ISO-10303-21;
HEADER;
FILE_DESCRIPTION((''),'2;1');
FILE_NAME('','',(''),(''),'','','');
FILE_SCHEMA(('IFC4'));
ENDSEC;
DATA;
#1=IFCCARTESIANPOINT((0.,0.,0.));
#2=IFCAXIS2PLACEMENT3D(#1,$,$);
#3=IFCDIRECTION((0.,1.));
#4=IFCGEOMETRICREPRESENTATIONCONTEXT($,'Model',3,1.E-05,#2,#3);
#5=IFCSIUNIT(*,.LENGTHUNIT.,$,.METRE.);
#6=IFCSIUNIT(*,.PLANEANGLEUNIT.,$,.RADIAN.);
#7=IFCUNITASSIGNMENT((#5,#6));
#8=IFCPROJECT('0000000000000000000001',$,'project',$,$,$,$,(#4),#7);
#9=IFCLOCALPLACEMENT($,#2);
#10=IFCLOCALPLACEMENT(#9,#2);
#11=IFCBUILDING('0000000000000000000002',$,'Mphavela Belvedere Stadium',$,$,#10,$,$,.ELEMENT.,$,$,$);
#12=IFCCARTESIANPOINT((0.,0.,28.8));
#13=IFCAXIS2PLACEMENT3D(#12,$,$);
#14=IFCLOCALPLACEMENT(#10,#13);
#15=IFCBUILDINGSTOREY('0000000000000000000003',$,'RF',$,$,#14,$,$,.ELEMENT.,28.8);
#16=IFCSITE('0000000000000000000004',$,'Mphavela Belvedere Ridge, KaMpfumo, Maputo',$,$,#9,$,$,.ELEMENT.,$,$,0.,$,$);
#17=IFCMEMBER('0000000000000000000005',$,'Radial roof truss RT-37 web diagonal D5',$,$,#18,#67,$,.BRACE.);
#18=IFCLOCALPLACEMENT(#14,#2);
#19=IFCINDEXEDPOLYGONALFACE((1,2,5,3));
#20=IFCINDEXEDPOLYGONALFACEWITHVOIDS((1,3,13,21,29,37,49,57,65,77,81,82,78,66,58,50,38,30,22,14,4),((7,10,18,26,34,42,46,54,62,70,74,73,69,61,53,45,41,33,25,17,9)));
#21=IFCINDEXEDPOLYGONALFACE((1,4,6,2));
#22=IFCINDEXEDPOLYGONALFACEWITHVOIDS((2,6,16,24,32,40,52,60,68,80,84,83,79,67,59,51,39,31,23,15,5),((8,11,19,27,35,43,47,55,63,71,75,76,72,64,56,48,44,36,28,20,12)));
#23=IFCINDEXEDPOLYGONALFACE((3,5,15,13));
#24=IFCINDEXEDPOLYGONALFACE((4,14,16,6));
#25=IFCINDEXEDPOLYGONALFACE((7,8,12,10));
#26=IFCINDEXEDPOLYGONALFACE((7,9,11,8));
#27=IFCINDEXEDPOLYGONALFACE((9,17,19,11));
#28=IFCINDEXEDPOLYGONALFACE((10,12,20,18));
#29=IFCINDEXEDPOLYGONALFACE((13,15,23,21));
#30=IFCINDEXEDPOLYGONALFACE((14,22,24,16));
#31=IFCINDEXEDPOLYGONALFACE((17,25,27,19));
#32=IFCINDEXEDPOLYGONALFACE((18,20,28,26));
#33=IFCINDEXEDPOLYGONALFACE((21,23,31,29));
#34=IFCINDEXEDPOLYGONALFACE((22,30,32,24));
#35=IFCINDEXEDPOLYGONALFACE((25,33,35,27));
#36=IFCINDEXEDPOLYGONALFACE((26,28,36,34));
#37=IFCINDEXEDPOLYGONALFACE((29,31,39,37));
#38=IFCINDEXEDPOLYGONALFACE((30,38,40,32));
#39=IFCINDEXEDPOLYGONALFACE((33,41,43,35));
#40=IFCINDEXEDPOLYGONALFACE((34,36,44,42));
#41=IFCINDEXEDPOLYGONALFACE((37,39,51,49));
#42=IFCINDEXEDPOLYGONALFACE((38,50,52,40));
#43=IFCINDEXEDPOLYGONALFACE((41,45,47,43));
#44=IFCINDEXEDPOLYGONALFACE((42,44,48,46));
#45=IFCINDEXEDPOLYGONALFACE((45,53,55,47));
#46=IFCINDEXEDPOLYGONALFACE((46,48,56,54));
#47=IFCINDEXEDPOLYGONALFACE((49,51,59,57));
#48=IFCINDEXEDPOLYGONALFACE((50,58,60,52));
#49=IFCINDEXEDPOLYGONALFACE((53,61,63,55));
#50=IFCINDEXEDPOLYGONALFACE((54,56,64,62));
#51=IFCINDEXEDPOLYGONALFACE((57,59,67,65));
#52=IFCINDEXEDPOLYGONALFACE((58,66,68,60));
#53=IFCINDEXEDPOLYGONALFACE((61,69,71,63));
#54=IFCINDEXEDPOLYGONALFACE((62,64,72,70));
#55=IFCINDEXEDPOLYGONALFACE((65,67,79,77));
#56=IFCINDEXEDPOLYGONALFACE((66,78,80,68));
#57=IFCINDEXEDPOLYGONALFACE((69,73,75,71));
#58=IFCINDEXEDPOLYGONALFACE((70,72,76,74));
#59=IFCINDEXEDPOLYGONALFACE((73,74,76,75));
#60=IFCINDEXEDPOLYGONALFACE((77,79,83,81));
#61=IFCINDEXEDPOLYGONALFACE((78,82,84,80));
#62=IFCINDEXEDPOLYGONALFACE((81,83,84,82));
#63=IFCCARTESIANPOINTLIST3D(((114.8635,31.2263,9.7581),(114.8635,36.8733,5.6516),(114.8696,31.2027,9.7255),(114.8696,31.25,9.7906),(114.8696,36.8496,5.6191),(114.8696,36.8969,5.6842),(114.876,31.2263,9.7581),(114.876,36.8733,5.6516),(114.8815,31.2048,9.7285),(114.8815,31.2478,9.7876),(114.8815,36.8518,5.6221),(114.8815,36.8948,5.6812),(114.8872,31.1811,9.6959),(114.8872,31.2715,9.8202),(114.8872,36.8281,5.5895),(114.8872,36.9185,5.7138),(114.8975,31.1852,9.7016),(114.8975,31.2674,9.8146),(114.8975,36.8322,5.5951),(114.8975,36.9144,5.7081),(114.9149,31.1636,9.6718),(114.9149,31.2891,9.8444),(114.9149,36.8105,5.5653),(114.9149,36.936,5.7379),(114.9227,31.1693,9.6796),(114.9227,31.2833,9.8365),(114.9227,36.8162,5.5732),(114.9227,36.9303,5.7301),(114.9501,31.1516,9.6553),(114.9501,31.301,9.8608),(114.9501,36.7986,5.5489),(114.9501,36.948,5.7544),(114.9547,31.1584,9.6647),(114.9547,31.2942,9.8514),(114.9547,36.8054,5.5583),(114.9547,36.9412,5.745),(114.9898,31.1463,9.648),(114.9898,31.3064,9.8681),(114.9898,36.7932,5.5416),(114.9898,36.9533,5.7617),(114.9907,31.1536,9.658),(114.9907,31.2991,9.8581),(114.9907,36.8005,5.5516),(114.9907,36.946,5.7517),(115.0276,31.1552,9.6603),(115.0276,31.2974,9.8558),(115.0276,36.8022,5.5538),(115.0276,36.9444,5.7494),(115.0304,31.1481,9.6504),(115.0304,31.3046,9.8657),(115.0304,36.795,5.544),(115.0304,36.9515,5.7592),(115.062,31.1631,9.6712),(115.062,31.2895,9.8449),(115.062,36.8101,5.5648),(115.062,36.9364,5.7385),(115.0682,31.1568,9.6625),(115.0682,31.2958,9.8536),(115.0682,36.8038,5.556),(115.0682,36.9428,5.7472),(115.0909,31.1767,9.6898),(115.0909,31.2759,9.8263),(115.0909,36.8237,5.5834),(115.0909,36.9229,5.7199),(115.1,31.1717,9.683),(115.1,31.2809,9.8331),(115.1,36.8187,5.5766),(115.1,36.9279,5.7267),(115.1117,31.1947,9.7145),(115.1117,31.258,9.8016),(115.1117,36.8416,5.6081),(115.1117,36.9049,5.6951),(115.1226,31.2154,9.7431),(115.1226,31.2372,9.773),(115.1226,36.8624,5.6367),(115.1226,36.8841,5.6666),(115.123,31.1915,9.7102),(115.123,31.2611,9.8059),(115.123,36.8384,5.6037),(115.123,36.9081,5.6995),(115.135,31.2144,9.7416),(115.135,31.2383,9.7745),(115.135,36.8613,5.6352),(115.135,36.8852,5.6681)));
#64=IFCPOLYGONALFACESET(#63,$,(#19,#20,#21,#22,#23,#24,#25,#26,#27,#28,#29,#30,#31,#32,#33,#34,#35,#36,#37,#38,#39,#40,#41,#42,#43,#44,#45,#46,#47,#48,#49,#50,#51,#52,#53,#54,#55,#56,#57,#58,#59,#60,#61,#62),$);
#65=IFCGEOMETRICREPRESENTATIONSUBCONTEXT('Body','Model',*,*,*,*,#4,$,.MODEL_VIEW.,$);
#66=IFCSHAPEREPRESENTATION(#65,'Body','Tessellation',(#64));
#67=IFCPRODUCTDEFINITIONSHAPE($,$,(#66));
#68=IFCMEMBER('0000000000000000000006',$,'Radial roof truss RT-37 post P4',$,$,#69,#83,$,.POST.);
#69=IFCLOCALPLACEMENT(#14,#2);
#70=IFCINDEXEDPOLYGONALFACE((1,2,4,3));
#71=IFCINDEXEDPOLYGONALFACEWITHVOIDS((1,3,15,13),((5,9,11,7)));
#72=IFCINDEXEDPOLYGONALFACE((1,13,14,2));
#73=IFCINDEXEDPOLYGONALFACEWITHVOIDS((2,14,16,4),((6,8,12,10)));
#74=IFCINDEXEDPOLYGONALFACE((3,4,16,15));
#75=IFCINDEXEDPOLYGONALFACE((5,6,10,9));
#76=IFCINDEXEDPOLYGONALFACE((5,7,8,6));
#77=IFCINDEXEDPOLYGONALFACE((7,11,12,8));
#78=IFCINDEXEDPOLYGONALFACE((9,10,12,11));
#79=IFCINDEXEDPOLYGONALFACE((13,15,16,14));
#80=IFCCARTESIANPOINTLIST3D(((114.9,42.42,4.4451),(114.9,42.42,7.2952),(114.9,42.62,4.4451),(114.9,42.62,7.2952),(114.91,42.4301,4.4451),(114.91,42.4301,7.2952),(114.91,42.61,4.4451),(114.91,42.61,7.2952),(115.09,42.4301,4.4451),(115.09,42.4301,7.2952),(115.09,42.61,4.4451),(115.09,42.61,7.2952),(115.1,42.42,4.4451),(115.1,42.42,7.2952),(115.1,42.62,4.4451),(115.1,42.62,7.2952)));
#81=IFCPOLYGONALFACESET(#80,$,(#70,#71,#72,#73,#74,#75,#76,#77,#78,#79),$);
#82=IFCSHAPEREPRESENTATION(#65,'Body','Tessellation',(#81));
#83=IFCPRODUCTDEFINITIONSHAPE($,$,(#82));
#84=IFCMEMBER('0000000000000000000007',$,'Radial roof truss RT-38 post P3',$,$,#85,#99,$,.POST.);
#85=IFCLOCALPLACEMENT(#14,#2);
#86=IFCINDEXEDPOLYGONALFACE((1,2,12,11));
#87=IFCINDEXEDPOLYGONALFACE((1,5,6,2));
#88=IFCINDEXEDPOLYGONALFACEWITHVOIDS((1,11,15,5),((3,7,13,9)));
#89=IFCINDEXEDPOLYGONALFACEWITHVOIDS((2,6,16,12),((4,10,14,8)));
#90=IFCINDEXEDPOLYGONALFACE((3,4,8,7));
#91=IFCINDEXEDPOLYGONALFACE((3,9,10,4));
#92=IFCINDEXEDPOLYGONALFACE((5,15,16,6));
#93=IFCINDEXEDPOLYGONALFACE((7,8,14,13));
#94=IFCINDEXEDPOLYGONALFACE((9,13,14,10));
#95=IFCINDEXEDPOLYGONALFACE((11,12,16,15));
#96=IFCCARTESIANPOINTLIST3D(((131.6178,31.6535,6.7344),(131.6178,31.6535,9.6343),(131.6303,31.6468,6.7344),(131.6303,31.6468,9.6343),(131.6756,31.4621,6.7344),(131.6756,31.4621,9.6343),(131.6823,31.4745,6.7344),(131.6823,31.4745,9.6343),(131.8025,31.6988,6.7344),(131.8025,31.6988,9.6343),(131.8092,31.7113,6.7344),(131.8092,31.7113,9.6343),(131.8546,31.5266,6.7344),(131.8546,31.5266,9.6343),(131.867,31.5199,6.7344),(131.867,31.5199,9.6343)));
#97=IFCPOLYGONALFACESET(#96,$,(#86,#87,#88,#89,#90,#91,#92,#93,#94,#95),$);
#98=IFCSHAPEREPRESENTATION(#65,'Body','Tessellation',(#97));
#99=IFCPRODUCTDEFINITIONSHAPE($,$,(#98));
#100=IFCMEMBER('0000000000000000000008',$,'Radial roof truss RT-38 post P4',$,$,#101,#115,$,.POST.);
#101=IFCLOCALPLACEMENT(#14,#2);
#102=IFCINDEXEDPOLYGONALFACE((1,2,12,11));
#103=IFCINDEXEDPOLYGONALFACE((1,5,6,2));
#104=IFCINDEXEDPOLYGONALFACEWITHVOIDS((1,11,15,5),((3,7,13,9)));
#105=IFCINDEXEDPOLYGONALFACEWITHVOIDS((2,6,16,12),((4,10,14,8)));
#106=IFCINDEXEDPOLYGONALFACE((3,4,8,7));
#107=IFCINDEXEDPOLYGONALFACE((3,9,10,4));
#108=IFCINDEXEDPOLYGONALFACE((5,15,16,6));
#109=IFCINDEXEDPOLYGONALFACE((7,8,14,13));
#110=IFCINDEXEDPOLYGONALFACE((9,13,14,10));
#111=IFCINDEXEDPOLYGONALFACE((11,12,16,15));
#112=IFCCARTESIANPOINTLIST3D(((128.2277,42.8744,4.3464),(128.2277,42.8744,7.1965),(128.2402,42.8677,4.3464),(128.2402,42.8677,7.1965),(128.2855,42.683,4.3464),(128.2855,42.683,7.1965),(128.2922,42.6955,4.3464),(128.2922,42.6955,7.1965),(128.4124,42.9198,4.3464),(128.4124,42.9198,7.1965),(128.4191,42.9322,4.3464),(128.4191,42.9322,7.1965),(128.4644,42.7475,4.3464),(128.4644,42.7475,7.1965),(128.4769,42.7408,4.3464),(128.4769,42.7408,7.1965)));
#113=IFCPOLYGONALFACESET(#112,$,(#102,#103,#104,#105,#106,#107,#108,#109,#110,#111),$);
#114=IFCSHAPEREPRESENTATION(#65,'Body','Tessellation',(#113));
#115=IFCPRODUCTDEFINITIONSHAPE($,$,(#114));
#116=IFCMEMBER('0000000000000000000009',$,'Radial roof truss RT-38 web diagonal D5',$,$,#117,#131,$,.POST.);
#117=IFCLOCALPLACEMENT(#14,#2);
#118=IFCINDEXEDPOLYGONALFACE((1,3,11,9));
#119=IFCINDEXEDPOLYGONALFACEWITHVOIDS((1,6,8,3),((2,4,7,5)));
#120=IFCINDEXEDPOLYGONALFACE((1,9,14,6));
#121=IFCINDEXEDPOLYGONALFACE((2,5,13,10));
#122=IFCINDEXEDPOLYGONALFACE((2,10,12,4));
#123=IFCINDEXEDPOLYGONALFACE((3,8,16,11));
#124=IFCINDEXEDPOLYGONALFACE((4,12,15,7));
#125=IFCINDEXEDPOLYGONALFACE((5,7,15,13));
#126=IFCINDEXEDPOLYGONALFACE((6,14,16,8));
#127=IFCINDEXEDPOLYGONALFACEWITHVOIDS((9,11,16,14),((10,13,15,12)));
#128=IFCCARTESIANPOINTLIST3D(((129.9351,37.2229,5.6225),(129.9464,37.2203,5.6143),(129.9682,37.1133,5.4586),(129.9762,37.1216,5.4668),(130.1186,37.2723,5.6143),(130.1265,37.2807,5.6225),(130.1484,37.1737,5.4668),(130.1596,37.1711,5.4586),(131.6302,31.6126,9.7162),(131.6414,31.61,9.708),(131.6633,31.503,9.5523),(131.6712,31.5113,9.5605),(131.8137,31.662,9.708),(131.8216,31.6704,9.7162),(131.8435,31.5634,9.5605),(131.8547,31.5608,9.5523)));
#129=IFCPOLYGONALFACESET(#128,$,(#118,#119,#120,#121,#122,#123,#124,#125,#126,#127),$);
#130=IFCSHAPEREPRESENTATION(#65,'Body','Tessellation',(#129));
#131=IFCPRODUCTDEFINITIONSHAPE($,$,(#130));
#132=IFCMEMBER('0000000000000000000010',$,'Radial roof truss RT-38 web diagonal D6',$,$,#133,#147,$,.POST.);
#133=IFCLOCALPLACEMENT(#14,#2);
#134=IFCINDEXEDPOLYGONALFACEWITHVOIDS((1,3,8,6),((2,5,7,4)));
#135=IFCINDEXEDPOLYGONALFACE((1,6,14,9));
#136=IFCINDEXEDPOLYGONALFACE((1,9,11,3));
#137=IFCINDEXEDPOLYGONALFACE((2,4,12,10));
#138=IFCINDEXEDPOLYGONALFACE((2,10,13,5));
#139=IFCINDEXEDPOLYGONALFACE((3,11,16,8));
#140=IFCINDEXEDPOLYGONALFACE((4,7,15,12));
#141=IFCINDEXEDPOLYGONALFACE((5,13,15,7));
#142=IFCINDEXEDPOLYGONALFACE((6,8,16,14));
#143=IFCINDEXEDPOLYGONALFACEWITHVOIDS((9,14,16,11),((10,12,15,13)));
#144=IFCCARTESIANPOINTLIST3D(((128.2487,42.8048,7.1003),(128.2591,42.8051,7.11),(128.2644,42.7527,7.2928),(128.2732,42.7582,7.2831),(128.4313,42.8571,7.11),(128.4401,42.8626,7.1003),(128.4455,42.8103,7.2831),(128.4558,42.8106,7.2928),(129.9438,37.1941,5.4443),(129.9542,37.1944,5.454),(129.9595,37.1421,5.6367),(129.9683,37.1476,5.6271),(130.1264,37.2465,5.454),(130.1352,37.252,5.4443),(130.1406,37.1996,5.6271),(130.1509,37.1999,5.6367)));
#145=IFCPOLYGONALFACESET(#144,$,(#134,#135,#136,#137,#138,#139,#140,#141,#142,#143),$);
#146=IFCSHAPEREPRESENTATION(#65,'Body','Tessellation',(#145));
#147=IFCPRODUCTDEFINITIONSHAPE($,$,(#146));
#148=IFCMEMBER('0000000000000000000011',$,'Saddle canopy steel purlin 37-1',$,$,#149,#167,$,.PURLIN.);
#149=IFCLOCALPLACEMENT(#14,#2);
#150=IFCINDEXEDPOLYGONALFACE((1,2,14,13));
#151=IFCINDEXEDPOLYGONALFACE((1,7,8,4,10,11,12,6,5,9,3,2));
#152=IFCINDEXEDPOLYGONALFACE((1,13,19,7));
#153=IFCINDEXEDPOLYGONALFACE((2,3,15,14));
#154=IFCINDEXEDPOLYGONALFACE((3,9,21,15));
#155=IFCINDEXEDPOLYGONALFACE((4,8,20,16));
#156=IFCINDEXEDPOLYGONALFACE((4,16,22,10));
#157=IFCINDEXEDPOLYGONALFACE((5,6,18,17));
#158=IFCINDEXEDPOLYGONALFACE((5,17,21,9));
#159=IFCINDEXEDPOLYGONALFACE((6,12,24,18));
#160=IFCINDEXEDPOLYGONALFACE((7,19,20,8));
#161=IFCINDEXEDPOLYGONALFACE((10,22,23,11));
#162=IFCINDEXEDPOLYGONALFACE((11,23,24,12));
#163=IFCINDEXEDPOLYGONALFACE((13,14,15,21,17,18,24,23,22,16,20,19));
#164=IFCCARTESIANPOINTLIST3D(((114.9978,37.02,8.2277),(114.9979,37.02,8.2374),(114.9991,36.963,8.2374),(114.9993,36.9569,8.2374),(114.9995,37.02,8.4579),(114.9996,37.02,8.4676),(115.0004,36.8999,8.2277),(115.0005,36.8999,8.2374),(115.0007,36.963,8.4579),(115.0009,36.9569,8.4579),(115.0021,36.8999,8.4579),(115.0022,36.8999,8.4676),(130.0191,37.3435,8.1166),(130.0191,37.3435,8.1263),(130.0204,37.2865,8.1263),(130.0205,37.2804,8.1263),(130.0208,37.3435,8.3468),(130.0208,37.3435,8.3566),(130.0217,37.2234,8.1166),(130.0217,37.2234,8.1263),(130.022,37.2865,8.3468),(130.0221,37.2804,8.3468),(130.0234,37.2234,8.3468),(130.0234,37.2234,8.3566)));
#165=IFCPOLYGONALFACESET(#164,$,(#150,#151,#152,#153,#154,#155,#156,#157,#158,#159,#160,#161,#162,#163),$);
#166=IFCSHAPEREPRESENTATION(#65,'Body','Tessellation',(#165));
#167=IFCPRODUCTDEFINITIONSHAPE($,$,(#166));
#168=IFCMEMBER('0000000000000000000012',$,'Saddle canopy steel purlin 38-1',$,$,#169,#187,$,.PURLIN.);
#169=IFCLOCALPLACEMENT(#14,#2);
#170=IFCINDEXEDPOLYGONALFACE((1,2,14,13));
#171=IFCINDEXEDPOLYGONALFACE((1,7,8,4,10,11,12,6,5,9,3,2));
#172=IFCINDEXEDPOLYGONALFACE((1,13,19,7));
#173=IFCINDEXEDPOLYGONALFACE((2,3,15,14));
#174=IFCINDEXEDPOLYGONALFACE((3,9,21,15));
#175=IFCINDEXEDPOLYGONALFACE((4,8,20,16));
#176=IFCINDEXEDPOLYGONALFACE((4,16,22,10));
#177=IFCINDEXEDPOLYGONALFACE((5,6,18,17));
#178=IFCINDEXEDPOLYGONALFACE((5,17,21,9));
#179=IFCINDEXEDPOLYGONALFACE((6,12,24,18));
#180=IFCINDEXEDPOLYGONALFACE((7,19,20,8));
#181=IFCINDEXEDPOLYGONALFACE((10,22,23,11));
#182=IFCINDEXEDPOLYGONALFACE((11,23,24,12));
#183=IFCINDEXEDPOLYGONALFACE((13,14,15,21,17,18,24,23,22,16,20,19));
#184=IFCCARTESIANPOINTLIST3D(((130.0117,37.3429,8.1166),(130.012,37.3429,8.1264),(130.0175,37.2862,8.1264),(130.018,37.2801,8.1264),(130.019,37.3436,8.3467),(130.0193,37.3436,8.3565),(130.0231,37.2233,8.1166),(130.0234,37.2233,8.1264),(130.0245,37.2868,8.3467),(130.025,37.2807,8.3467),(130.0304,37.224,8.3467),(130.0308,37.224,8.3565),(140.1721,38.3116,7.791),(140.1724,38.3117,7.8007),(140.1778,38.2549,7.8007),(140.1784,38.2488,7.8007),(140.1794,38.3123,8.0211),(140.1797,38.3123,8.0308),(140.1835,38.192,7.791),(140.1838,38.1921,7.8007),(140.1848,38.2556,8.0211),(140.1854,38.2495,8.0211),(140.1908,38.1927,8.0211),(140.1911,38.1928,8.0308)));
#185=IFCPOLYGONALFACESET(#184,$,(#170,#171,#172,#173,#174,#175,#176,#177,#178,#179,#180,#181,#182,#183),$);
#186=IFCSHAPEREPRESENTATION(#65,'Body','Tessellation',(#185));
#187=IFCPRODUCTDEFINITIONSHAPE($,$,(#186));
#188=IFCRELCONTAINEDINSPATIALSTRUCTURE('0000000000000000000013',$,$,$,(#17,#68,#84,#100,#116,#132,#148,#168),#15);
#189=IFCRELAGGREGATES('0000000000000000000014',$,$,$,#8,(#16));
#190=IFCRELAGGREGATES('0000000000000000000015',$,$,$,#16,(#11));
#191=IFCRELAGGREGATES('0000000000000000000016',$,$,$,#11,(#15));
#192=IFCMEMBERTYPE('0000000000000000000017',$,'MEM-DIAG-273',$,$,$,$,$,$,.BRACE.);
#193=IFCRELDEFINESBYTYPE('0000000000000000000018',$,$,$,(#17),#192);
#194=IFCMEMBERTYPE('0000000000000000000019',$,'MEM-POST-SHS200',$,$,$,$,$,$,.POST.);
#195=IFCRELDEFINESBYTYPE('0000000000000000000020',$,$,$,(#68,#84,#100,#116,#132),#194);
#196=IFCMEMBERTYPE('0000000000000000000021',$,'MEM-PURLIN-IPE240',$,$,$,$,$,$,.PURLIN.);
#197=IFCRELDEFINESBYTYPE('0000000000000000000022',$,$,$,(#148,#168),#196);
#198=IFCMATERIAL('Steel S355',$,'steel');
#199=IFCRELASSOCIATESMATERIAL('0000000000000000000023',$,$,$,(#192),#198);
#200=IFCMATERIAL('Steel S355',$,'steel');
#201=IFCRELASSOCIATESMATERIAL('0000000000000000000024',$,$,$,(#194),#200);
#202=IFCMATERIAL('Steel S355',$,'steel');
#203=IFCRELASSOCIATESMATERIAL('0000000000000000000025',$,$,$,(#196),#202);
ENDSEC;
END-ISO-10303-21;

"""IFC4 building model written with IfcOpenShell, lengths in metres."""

from ifc_helpers import new_model, si_unit, direction, frame, origin, origin_2d, place, context, subcontext, project, spatial, hollow_rectangle, hollow_circle, i_section, extrude, material, material_profile, profile_set, type_object, element, save


model = new_model("IFC4")

# Units and contexts
model_context = context("Model", 3, precision=1e-05, world=origin(), true_north=direction((0.0, 1.0)))
body_context = subcontext(model_context, "Body", "Model", "MODEL_VIEW")
ifc_project = project(units=[si_unit("LENGTHUNIT", "METRE"), si_unit("PLANEANGLEUNIT", "RADIAN")], contexts=[model_context])

# Site, building, storey
site_placement = place(None, origin())
site = spatial("IfcSite", under=ifc_project, at=site_placement, Name="Mphavela Belvedere Ridge, KaMpfumo, Maputo", CompositionType="ELEMENT", RefElevation=0.0)
building_placement = place(site_placement, origin())
building = spatial("IfcBuilding", under=site, at=building_placement, Name="Mphavela Belvedere Stadium", CompositionType="ELEMENT")
storey_placement = place(building_placement, frame((0.0, 0.0, 28.8)))
storey = spatial("IfcBuildingStorey", under=building, at=storey_placement, Name="RF", CompositionType="ELEMENT", Elevation=28.8)

# Members
ifc_material_1 = material(Name="Steel S355", Category="steel")
ifc_material_profile_1 = material_profile(ifc_material_1, hollow_circle(Radius=0.1365, WallThickness=0.0125, at=origin_2d()), Name="CHS 273x12.5")
ifc_profile_set_1 = profile_set([ifc_material_profile_1], Name="Steel S355")
member_type_1 = type_object("IfcMemberType", Name="MEM-DIAG-273", PredefinedType="BRACE", material=ifc_profile_set_1)
member_1_placement = place(storey_placement, frame((115.0, 31.2263, 9.7581), z_axis=(0.0, 0.808766, -0.58813), x_axis=(-1.0, 0.0, 0.0)))
element("IfcMember", 1, at=member_1_placement, inside=storey, type_object=member_type_1, Name="Radial roof truss RT-37 web diagonal D5", PredefinedType="BRACE", context=body_context, shape_type="SweptSolid", body=[
    extrude(hollow_circle(Radius=0.1365, WallThickness=0.0125, at=origin_2d()), origin(), (0.0, 0.0, 1.0), 6.9822),
])
ifc_material_2 = material(Name="Steel S355", Category="steel")
ifc_material_profile_2 = material_profile(ifc_material_2, hollow_rectangle(XDim=0.2, YDim=0.2, WallThickness=0.01, at=origin_2d()), Name="SHS 200x200x10")
ifc_profile_set_2 = profile_set([ifc_material_profile_2], Name="Steel S355")
member_type_2 = type_object("IfcMemberType", Name="MEM-POST-SHS200", PredefinedType="POST", material=ifc_profile_set_2)
member_2_placement = place(storey_placement, frame((115.0, 42.52, 4.4451), z_axis=(0.0, 0.0, 1.0), x_axis=(0.0, -1.0, 0.0)))
element("IfcMember", 2, at=member_2_placement, inside=storey, type_object=member_type_2, Name="Radial roof truss RT-37 post P4", PredefinedType="POST", context=body_context, shape_type="SweptSolid", body=[
    extrude(hollow_rectangle(XDim=0.2, YDim=0.2, WallThickness=0.01, at=origin_2d()), origin(), (0.0, 0.0, 1.0), 2.8501),
])
member_3_placement = place(storey_placement, frame((131.7424, 31.5867, 6.7344), z_axis=(0.0, 0.0, 1.0), x_axis=(0.289199, -0.957269, 0.0)))
element("IfcMember", 3, at=member_3_placement, inside=storey, type_object=member_type_2, Name="Radial roof truss RT-38 post P3", PredefinedType="POST", context=body_context, shape_type="SweptSolid", body=[
    extrude(hollow_rectangle(XDim=0.2, YDim=0.2, WallThickness=0.01, at=origin_2d()), origin(), (0.0, 0.0, 1.0), 2.8999),
])
member_4_placement = place(storey_placement, frame((128.3523, 42.8076, 4.3464), z_axis=(0.0, 0.0, 1.0), x_axis=(0.289199, -0.957269, 0.0)))
element("IfcMember", 4, at=member_4_placement, inside=storey, type_object=member_type_2, Name="Radial roof truss RT-38 post P4", PredefinedType="POST", context=body_context, shape_type="SweptSolid", body=[
    extrude(hollow_rectangle(XDim=0.2, YDim=0.2, WallThickness=0.01, at=origin_2d()), origin(), (0.0, 0.0, 1.0), 2.8501),
])
member_5_placement = place(storey_placement, frame((131.7424, 31.5867, 9.6343), z_axis=(-0.237106, 0.784775, -0.572633), x_axis=(-0.957263, -0.28922, 0.0)))
element("IfcMember", 5, at=member_5_placement, inside=storey, type_object=member_type_2, Name="Radial roof truss RT-38 web diagonal D5", PredefinedType="POST", context=body_context, shape_type="SweptSolid", body=[
    extrude(hollow_rectangle(XDim=0.2, YDim=0.2, WallThickness=0.01, at=origin_2d()), origin(), (0.0, 0.0, 1.0), 7.1489),
])
member_6_placement = place(storey_placement, frame((130.0474, 37.197, 5.5405), z_axis=(-0.278313, 0.921202, 0.271899), x_axis=(-0.957266, -0.289208, 0.0)))
element("IfcMember", 6, at=member_6_placement, inside=storey, type_object=member_type_2, Name="Radial roof truss RT-38 web diagonal D6", PredefinedType="POST", context=body_context, shape_type="SweptSolid", body=[
    extrude(hollow_rectangle(XDim=0.2, YDim=0.2, WallThickness=0.01, at=origin_2d()), origin(), (0.0, 0.0, 1.0), 6.0906),
])
ifc_material_3 = material(Name="Steel S355", Category="steel")
ifc_material_profile_3 = material_profile(ifc_material_3, i_section(OverallWidth=0.1201, OverallDepth=0.24, WebThickness=0.0061, FlangeThickness=0.0098, at=origin_2d()), Name="IPE 240")
ifc_profile_set_3 = profile_set([ifc_material_profile_3], Name="Steel S355")
member_type_3 = type_object("IfcMemberType", Name="MEM-PURLIN-IPE240", PredefinedType="PURLIN", material=ifc_profile_set_3)
member_7_placement = place(storey_placement, frame((115.0, 36.96, 8.3477), z_axis=(0.999741, 0.02153, -0.007393), x_axis=(-0.02153, 0.999768, 0.0)))
element("IfcMember", 7, at=member_7_placement, inside=storey, type_object=member_type_3, Name="Saddle canopy steel purlin 37-1", PredefinedType="PURLIN", context=body_context, shape_type="SweptSolid", body=[
    extrude(i_section(OverallWidth=0.1201, OverallDepth=0.24, WebThickness=0.0061, FlangeThickness=0.0098, at=origin_2d()), origin(), (0.0, 0.0, 1.0), 15.0251),
])
member_8_placement = place(storey_placement, frame((130.0212, 37.2834, 8.2366), z_axis=(0.994979, 0.094867, -0.031893), x_axis=(-0.094915, 0.995485, 0.0)))
element("IfcMember", 8, at=member_8_placement, inside=storey, type_object=member_type_3, Name="Saddle canopy steel purlin 38-1", PredefinedType="PURLIN", context=body_context, shape_type="SweptSolid", body=[
    extrude(i_section(OverallWidth=0.1201, OverallDepth=0.24, WebThickness=0.0061, FlangeThickness=0.0098, at=origin_2d()), origin(), (0.0, 0.0, 1.0), 10.2117),
])

save(model, "model.ifc")
